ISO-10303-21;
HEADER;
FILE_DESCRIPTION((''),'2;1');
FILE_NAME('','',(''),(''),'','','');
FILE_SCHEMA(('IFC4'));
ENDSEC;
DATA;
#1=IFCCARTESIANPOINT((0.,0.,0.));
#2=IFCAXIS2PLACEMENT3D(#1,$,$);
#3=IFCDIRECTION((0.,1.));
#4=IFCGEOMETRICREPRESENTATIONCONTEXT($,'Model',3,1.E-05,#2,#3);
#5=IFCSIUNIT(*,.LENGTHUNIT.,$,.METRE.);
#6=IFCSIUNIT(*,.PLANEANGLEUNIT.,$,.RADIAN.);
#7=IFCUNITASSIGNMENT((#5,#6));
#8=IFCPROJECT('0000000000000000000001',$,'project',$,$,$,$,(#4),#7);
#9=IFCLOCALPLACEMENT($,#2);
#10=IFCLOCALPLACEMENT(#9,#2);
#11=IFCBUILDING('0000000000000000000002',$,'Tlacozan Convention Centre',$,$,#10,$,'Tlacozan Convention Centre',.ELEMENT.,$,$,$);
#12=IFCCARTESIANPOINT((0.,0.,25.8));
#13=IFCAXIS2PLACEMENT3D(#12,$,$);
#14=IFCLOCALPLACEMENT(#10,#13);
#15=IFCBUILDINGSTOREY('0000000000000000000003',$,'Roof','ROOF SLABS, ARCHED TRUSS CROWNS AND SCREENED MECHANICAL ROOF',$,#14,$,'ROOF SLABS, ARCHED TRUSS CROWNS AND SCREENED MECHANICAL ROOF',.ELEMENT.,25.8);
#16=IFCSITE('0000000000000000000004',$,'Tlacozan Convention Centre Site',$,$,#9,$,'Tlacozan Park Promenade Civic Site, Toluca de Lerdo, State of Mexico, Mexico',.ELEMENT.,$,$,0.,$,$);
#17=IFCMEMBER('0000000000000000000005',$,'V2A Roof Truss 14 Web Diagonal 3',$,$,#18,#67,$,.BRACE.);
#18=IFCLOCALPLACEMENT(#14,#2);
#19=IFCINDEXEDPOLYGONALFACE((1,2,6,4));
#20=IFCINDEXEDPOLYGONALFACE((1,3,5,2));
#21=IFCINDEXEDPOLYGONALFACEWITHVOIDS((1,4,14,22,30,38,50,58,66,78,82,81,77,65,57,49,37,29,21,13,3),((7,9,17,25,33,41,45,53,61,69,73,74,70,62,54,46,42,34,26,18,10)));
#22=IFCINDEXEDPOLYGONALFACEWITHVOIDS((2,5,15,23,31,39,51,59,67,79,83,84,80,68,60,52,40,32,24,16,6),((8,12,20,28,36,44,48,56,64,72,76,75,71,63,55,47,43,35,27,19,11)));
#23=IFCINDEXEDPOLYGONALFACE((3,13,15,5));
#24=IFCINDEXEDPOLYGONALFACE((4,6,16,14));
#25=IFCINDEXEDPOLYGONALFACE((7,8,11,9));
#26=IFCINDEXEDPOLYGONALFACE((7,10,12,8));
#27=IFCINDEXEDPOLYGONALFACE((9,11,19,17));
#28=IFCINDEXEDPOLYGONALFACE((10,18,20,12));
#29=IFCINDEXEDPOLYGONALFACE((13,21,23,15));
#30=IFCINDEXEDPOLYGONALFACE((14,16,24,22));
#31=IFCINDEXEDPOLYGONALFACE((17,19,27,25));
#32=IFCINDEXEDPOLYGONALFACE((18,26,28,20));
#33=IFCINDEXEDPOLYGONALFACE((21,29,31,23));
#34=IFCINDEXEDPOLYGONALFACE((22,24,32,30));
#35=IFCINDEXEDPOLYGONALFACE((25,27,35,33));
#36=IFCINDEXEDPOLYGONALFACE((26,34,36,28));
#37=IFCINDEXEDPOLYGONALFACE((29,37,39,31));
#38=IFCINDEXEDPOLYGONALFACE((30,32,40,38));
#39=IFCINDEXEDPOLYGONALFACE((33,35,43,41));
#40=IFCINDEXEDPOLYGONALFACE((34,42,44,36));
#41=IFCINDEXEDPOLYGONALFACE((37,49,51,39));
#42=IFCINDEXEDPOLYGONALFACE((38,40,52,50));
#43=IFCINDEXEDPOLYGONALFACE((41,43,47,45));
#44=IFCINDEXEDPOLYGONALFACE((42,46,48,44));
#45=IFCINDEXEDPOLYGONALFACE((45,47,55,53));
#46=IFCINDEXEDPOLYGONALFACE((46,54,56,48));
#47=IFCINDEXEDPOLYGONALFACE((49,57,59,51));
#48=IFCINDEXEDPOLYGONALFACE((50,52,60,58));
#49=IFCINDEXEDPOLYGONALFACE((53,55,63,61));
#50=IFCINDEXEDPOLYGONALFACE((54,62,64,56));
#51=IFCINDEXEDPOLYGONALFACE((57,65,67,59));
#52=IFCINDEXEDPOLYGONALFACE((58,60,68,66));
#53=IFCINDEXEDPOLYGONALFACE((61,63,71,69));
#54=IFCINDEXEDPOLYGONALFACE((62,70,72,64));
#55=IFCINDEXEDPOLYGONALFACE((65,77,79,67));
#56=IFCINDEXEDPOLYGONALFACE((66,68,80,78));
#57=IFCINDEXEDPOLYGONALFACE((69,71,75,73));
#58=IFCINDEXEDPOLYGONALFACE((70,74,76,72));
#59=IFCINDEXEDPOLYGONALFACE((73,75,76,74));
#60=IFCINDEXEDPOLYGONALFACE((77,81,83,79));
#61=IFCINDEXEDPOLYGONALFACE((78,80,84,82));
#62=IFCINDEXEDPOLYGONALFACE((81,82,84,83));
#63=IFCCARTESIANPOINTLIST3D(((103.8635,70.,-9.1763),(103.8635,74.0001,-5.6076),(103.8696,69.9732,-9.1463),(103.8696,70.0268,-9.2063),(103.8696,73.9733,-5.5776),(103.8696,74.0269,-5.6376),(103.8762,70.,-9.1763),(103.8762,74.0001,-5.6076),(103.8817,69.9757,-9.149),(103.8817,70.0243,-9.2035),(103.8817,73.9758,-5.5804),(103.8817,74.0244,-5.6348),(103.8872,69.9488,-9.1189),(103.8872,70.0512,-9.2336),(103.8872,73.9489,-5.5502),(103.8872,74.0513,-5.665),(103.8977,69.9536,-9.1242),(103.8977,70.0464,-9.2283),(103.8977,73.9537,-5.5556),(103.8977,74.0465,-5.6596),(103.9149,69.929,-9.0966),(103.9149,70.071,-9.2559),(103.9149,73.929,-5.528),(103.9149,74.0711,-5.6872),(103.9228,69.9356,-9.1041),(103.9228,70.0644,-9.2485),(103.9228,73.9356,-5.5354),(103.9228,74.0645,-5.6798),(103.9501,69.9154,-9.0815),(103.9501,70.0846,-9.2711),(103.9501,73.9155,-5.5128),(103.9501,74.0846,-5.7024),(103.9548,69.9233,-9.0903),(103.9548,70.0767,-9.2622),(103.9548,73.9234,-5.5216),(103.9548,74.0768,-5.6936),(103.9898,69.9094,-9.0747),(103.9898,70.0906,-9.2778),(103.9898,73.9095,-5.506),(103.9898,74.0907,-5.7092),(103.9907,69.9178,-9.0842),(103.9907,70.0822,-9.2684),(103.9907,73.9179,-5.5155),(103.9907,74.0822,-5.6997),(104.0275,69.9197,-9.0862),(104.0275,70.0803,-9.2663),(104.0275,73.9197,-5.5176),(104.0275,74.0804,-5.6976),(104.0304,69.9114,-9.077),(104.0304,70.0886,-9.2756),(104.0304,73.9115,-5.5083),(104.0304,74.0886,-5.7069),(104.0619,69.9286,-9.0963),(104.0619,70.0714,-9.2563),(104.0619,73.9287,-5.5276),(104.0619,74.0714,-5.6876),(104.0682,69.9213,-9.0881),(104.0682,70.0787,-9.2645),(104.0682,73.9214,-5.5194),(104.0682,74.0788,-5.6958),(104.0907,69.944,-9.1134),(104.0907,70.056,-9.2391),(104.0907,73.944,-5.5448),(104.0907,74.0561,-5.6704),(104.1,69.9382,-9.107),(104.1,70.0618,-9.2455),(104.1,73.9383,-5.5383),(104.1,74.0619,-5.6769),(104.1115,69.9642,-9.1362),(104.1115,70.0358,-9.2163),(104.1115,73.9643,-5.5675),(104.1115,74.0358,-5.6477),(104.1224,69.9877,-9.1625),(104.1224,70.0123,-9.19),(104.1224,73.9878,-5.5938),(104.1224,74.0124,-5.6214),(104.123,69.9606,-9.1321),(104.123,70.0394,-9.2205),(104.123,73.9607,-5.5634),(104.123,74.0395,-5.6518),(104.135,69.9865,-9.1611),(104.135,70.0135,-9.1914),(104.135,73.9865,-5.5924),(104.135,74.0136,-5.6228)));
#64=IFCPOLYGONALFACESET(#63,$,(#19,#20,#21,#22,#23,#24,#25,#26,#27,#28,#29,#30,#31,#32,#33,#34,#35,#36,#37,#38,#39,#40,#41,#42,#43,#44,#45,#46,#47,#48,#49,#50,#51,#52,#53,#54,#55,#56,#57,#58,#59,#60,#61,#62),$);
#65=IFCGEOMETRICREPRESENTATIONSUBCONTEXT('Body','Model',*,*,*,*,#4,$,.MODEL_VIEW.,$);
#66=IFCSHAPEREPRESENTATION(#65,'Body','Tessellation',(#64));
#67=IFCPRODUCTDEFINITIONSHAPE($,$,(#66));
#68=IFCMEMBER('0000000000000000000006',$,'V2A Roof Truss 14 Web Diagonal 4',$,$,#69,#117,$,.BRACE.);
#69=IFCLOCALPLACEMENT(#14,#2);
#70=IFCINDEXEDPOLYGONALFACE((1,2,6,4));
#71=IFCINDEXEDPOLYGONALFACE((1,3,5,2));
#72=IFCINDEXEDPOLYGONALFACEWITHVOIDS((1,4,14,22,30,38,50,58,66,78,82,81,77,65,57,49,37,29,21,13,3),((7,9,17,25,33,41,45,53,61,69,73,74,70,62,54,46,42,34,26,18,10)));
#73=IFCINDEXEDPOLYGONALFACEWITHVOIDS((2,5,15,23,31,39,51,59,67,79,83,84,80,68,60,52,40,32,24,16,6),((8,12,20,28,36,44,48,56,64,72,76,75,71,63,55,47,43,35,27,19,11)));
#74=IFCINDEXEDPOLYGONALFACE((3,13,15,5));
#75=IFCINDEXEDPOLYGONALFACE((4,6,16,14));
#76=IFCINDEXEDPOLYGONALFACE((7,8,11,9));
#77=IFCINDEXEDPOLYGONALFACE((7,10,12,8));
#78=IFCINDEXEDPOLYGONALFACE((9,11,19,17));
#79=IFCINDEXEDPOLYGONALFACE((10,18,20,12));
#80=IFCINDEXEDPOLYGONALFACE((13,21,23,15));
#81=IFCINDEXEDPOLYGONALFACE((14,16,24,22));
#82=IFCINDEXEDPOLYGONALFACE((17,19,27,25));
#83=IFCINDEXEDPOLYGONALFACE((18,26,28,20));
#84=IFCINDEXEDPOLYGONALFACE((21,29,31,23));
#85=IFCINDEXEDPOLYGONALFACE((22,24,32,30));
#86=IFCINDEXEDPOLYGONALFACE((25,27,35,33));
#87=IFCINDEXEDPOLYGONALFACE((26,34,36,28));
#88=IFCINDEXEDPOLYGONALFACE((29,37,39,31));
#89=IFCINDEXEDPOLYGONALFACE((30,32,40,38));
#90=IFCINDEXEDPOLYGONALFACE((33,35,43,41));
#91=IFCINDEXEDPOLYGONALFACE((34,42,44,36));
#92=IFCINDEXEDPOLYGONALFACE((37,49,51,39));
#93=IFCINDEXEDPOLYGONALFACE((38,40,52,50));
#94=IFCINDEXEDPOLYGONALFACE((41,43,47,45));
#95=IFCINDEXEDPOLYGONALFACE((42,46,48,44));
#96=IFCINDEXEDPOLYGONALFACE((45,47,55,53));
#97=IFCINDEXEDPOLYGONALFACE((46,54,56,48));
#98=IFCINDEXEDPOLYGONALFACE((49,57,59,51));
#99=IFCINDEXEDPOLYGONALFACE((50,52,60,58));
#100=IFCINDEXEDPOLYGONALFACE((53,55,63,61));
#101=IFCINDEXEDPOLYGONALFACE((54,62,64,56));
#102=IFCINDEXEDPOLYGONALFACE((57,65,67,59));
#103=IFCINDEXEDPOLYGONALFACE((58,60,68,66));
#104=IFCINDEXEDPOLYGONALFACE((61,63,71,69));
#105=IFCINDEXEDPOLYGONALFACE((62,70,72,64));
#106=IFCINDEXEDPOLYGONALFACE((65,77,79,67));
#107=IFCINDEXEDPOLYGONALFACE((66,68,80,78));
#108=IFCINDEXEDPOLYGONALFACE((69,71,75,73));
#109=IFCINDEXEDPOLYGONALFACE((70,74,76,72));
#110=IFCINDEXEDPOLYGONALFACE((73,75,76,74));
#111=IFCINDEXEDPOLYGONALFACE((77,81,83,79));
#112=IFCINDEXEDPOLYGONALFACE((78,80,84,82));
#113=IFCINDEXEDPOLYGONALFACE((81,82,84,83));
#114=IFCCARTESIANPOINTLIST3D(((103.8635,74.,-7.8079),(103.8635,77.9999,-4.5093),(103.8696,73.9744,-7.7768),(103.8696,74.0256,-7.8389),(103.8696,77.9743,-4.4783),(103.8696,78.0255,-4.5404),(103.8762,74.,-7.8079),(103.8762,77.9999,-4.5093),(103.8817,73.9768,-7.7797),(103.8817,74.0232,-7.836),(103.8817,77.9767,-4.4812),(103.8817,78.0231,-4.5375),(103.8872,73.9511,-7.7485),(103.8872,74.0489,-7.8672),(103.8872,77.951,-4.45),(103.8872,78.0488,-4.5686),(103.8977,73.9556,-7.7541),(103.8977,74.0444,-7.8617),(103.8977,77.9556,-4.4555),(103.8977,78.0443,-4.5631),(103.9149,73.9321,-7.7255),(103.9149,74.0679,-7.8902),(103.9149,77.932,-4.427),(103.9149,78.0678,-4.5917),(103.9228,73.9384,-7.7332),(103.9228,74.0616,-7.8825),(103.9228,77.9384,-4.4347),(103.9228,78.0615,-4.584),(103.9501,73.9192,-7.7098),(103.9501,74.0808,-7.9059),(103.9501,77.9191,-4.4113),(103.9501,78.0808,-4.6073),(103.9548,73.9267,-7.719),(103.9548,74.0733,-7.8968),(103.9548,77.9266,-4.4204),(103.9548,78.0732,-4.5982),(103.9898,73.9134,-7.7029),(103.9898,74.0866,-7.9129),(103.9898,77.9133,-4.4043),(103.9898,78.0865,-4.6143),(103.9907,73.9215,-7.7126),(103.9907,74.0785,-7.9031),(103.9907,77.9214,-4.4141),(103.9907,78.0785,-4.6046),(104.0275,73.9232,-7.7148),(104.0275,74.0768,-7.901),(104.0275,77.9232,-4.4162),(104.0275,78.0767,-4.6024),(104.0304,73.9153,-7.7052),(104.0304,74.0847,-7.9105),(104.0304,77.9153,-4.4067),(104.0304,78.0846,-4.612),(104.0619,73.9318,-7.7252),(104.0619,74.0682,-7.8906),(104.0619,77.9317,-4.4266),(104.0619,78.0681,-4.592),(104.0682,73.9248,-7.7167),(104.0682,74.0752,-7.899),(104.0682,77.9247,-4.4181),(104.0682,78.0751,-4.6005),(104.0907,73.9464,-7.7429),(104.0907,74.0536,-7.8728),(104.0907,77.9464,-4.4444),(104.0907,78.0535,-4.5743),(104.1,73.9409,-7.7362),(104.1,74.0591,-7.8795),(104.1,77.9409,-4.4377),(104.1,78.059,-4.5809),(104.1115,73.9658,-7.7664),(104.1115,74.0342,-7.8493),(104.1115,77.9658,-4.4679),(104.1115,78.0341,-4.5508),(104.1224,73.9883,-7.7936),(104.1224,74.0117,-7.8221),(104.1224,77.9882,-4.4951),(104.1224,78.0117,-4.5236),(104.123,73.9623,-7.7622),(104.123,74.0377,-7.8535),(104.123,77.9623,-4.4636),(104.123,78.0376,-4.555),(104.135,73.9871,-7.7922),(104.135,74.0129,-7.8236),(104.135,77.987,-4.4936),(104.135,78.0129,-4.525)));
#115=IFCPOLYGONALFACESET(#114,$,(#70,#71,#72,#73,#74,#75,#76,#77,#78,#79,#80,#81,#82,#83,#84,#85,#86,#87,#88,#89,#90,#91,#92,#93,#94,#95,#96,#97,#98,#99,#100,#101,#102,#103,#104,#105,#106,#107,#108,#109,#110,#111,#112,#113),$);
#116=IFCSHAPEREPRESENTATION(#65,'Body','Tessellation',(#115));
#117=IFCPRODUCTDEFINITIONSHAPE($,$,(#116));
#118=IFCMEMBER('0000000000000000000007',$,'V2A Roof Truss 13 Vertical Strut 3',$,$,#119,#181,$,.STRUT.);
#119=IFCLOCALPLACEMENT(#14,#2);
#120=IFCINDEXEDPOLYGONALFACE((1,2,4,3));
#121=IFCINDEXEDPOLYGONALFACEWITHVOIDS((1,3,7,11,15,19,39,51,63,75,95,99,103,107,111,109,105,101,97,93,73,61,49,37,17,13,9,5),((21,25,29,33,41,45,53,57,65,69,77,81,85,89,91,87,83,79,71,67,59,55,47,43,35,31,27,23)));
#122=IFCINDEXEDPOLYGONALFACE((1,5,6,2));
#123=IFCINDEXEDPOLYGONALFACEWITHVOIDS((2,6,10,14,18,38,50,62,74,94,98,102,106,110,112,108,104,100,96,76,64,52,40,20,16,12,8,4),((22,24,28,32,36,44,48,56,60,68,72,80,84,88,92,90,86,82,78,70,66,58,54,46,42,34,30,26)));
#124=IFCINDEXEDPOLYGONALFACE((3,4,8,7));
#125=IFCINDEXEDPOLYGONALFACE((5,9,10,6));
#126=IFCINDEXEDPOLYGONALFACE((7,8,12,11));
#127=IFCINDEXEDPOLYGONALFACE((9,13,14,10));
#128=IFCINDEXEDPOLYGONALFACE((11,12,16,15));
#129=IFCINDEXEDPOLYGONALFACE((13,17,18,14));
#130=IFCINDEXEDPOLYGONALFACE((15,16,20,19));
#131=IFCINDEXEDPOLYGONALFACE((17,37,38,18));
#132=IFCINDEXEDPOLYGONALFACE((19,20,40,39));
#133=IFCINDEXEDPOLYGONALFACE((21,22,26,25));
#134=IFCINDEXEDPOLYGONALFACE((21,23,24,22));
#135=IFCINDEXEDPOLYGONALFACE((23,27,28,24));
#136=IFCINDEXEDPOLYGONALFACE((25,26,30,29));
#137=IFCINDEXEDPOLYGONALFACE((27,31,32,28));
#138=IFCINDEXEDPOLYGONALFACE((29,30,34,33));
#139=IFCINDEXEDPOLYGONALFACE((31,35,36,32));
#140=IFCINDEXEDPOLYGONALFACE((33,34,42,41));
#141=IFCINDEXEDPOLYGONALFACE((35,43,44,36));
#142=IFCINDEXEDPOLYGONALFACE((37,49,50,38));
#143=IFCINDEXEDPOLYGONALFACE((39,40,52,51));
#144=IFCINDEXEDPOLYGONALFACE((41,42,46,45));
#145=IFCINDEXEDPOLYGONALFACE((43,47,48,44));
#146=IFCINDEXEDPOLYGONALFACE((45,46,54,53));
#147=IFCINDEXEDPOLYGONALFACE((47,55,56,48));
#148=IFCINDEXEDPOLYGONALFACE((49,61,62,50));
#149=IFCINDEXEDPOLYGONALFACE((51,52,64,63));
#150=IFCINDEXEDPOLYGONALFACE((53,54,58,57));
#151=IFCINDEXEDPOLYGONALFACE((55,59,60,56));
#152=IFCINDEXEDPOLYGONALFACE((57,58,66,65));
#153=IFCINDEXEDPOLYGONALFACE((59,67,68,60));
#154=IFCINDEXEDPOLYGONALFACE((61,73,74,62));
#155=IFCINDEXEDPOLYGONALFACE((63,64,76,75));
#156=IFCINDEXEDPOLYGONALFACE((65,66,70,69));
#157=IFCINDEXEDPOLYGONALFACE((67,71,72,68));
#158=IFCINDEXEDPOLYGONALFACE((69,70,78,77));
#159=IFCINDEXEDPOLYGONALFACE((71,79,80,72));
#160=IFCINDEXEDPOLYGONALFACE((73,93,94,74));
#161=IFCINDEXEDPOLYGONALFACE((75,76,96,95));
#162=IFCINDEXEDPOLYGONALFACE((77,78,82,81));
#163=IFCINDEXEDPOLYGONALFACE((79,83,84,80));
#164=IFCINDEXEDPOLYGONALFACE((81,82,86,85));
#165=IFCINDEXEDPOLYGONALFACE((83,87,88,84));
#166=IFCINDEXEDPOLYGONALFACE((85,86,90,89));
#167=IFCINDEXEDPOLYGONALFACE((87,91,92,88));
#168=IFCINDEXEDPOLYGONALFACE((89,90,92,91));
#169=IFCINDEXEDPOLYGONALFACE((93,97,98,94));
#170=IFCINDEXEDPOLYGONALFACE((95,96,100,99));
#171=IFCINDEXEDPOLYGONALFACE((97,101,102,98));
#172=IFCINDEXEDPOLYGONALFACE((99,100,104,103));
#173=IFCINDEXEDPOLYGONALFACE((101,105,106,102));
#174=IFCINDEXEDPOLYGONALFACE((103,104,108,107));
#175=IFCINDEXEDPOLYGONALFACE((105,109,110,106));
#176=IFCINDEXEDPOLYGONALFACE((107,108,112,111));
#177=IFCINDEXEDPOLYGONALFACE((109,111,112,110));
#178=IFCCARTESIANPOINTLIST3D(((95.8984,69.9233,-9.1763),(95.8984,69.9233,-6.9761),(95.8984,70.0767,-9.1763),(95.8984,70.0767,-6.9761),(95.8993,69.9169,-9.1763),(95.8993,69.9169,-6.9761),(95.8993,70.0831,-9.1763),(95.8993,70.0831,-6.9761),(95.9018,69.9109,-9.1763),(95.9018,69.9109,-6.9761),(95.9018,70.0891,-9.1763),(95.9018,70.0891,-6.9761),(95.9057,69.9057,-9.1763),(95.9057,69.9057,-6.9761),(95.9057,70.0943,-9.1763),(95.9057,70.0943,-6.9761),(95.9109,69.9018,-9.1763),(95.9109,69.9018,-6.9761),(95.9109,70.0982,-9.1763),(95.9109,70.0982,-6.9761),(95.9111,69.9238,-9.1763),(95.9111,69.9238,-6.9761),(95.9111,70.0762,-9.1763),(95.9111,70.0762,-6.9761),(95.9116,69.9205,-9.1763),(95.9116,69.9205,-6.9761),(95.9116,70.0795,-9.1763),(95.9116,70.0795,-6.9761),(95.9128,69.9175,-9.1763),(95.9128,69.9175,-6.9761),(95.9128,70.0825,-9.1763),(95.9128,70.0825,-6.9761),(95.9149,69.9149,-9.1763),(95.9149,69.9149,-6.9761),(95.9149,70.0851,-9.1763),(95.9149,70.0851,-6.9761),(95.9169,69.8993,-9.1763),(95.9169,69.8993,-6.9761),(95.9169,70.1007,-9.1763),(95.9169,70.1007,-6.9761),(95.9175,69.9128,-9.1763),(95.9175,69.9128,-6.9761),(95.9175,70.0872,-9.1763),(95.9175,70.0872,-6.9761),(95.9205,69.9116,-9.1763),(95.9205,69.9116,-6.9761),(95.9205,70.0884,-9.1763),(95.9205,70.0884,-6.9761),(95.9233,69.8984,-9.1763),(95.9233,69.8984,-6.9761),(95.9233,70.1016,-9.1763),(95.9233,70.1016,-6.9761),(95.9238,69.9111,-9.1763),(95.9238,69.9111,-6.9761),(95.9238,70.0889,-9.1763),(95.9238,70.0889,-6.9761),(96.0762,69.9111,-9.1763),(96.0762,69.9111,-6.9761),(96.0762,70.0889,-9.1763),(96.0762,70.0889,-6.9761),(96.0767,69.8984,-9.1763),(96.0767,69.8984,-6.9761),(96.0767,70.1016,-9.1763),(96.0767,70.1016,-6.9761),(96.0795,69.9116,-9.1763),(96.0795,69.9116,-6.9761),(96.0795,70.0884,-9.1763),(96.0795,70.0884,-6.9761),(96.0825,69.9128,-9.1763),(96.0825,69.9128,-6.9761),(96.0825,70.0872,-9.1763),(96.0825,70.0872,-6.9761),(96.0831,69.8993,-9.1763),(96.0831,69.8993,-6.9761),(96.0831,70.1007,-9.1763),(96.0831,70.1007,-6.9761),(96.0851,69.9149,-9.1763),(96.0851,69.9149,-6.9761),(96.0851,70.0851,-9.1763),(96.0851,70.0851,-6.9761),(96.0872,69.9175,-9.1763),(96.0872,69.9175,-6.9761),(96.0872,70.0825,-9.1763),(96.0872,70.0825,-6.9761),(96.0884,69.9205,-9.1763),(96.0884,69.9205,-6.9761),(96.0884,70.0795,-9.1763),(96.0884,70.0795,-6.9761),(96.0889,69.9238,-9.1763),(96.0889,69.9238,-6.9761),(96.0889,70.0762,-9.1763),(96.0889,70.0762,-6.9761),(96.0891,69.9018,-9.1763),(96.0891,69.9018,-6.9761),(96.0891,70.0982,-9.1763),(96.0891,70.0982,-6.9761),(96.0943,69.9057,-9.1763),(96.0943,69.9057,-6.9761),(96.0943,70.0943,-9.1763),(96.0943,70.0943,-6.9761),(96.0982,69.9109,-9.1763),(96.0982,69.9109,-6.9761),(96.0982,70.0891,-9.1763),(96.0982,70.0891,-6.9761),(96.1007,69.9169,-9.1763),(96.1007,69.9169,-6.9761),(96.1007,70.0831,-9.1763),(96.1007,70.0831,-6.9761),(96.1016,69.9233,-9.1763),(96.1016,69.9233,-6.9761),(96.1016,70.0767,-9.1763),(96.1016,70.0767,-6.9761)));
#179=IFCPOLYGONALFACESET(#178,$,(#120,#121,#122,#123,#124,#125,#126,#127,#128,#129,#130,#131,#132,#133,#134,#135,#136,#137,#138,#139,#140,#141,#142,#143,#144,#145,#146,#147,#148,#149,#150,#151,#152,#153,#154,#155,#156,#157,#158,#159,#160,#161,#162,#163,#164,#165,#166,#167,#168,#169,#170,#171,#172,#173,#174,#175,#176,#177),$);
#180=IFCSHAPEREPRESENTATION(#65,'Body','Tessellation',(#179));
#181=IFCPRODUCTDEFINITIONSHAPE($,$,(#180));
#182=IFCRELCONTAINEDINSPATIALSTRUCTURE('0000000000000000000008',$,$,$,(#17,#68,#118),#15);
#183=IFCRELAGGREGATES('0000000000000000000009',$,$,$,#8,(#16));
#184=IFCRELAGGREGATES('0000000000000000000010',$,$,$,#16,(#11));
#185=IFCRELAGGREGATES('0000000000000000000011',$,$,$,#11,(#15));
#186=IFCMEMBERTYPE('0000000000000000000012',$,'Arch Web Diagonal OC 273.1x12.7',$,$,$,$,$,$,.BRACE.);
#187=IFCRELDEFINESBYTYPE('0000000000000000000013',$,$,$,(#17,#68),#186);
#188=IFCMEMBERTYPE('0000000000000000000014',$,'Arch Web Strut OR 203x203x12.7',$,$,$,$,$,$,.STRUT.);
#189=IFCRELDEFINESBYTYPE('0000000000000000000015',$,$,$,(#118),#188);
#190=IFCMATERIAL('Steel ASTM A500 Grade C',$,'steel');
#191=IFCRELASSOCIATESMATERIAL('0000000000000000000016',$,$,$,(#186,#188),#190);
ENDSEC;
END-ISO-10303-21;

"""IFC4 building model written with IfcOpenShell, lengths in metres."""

from ifc_helpers import new_model, si_unit, direction, frame, origin, origin_2d, place, context, subcontext, project, spatial, hollow_rectangle, hollow_circle, extrude, material, material_profile, profile_set, type_object, element, save


model = new_model("IFC4")

# Units and contexts
model_context = context("Model", 3, precision=1e-05, world=origin(), true_north=direction((0.0, 1.0)))
body_context = subcontext(model_context, "Body", "Model", "MODEL_VIEW")
ifc_project = project(units=[si_unit("LENGTHUNIT", "METRE"), si_unit("PLANEANGLEUNIT", "RADIAN")], contexts=[model_context])

# Site, building, storey
site_placement = place(None, origin())
site = spatial("IfcSite", under=ifc_project, at=site_placement, Name="Tlacozan Convention Centre Site", LongName="Tlacozan Park Promenade Civic Site, Toluca de Lerdo, State of Mexico, Mexico", CompositionType="ELEMENT", RefElevation=0.0)
building_placement = place(site_placement, origin())
building = spatial("IfcBuilding", under=site, at=building_placement, Name="Tlacozan Convention Centre", LongName="Tlacozan Convention Centre", CompositionType="ELEMENT")
storey_placement = place(building_placement, frame((0.0, 0.0, 25.8)))
storey = spatial("IfcBuildingStorey", under=building, at=storey_placement, Name="Roof", Description="ROOF SLABS, ARCHED TRUSS CROWNS AND SCREENED MECHANICAL ROOF", LongName="ROOF SLABS, ARCHED TRUSS CROWNS AND SCREENED MECHANICAL ROOF", CompositionType="ELEMENT", Elevation=25.8)

# Members
ifc_material_1 = material(Name="Steel ASTM A500 Grade C", Category="steel")
ifc_material_profile_1 = material_profile(ifc_material_1, hollow_circle(Radius=0.1365, WallThickness=0.0127, at=origin_2d()), Name="OC 273.1x12.7")
ifc_profile_set_1 = profile_set([ifc_material_profile_1], Name="Steel ASTM A500 Grade C")
member_type_1 = type_object("IfcMemberType", Name="Arch Web Diagonal OC 273.1x12.7", PredefinedType="BRACE", material=ifc_profile_set_1)
member_1_placement = place(storey_placement, frame((104.0, 70.0, -9.1763), z_axis=(0.0, 0.746199, 0.665722), x_axis=(-1.0, 0.0, 0.0)))
element("IfcMember", 1, at=member_1_placement, inside=storey, type_object=member_type_1, Name="V2A Roof Truss 14 Web Diagonal 3", PredefinedType="BRACE", context=body_context, shape_type="SweptSolid", body=[
    extrude(hollow_circle(Radius=0.1365, WallThickness=0.0127, at=origin_2d()), origin(), (0.0, 0.0, 1.0), 5.3606),
])
member_2_placement = place(storey_placement, frame((104.0, 74.0, -7.8079), z_axis=(0.0, 0.771507, 0.63622), x_axis=(-1.0, 0.0, 0.0)))
element("IfcMember", 2, at=member_2_placement, inside=storey, type_object=member_type_1, Name="V2A Roof Truss 14 Web Diagonal 4", PredefinedType="BRACE", context=body_context, shape_type="SweptSolid", body=[
    extrude(hollow_circle(Radius=0.1365, WallThickness=0.0127, at=origin_2d()), origin(), (0.0, 0.0, 1.0), 5.1846),
])
ifc_material_profile_2 = material_profile(ifc_material_1, hollow_rectangle(XDim=0.2031, YDim=0.2031, WallThickness=0.0127, InnerFilletRadius=0.0127, OuterFilletRadius=0.0249, at=origin_2d()), Name="OR 203x203x12.7")
ifc_profile_set_2 = profile_set([ifc_material_profile_2], Name="Steel ASTM A500 Grade C")
member_type_2 = type_object("IfcMemberType", Name="Arch Web Strut OR 203x203x12.7", PredefinedType="STRUT", material=ifc_profile_set_2)
for number, where, z_axis, x_axis, name in (
    (3, (96.0, 70.0, -9.1763), (0.0, 0.0, 1.0), (1.0, 0.0, 0.0), "V2A Roof Truss 13 Vertical Strut 3"),
):
    element("IfcMember", number, at=place(storey_placement, frame(where, z_axis=z_axis, x_axis=x_axis)), inside=storey, type_object=member_type_2, Name=name, PredefinedType="STRUT", context=body_context, shape_type="SweptSolid", body=[
        extrude(hollow_rectangle(XDim=0.2031, YDim=0.2031, WallThickness=0.0127, InnerFilletRadius=0.0127, OuterFilletRadius=0.0249, at=origin_2d()), origin(), (0.0, 0.0, 1.0), 2.2002),
    ])

save(model, "model.ifc")
